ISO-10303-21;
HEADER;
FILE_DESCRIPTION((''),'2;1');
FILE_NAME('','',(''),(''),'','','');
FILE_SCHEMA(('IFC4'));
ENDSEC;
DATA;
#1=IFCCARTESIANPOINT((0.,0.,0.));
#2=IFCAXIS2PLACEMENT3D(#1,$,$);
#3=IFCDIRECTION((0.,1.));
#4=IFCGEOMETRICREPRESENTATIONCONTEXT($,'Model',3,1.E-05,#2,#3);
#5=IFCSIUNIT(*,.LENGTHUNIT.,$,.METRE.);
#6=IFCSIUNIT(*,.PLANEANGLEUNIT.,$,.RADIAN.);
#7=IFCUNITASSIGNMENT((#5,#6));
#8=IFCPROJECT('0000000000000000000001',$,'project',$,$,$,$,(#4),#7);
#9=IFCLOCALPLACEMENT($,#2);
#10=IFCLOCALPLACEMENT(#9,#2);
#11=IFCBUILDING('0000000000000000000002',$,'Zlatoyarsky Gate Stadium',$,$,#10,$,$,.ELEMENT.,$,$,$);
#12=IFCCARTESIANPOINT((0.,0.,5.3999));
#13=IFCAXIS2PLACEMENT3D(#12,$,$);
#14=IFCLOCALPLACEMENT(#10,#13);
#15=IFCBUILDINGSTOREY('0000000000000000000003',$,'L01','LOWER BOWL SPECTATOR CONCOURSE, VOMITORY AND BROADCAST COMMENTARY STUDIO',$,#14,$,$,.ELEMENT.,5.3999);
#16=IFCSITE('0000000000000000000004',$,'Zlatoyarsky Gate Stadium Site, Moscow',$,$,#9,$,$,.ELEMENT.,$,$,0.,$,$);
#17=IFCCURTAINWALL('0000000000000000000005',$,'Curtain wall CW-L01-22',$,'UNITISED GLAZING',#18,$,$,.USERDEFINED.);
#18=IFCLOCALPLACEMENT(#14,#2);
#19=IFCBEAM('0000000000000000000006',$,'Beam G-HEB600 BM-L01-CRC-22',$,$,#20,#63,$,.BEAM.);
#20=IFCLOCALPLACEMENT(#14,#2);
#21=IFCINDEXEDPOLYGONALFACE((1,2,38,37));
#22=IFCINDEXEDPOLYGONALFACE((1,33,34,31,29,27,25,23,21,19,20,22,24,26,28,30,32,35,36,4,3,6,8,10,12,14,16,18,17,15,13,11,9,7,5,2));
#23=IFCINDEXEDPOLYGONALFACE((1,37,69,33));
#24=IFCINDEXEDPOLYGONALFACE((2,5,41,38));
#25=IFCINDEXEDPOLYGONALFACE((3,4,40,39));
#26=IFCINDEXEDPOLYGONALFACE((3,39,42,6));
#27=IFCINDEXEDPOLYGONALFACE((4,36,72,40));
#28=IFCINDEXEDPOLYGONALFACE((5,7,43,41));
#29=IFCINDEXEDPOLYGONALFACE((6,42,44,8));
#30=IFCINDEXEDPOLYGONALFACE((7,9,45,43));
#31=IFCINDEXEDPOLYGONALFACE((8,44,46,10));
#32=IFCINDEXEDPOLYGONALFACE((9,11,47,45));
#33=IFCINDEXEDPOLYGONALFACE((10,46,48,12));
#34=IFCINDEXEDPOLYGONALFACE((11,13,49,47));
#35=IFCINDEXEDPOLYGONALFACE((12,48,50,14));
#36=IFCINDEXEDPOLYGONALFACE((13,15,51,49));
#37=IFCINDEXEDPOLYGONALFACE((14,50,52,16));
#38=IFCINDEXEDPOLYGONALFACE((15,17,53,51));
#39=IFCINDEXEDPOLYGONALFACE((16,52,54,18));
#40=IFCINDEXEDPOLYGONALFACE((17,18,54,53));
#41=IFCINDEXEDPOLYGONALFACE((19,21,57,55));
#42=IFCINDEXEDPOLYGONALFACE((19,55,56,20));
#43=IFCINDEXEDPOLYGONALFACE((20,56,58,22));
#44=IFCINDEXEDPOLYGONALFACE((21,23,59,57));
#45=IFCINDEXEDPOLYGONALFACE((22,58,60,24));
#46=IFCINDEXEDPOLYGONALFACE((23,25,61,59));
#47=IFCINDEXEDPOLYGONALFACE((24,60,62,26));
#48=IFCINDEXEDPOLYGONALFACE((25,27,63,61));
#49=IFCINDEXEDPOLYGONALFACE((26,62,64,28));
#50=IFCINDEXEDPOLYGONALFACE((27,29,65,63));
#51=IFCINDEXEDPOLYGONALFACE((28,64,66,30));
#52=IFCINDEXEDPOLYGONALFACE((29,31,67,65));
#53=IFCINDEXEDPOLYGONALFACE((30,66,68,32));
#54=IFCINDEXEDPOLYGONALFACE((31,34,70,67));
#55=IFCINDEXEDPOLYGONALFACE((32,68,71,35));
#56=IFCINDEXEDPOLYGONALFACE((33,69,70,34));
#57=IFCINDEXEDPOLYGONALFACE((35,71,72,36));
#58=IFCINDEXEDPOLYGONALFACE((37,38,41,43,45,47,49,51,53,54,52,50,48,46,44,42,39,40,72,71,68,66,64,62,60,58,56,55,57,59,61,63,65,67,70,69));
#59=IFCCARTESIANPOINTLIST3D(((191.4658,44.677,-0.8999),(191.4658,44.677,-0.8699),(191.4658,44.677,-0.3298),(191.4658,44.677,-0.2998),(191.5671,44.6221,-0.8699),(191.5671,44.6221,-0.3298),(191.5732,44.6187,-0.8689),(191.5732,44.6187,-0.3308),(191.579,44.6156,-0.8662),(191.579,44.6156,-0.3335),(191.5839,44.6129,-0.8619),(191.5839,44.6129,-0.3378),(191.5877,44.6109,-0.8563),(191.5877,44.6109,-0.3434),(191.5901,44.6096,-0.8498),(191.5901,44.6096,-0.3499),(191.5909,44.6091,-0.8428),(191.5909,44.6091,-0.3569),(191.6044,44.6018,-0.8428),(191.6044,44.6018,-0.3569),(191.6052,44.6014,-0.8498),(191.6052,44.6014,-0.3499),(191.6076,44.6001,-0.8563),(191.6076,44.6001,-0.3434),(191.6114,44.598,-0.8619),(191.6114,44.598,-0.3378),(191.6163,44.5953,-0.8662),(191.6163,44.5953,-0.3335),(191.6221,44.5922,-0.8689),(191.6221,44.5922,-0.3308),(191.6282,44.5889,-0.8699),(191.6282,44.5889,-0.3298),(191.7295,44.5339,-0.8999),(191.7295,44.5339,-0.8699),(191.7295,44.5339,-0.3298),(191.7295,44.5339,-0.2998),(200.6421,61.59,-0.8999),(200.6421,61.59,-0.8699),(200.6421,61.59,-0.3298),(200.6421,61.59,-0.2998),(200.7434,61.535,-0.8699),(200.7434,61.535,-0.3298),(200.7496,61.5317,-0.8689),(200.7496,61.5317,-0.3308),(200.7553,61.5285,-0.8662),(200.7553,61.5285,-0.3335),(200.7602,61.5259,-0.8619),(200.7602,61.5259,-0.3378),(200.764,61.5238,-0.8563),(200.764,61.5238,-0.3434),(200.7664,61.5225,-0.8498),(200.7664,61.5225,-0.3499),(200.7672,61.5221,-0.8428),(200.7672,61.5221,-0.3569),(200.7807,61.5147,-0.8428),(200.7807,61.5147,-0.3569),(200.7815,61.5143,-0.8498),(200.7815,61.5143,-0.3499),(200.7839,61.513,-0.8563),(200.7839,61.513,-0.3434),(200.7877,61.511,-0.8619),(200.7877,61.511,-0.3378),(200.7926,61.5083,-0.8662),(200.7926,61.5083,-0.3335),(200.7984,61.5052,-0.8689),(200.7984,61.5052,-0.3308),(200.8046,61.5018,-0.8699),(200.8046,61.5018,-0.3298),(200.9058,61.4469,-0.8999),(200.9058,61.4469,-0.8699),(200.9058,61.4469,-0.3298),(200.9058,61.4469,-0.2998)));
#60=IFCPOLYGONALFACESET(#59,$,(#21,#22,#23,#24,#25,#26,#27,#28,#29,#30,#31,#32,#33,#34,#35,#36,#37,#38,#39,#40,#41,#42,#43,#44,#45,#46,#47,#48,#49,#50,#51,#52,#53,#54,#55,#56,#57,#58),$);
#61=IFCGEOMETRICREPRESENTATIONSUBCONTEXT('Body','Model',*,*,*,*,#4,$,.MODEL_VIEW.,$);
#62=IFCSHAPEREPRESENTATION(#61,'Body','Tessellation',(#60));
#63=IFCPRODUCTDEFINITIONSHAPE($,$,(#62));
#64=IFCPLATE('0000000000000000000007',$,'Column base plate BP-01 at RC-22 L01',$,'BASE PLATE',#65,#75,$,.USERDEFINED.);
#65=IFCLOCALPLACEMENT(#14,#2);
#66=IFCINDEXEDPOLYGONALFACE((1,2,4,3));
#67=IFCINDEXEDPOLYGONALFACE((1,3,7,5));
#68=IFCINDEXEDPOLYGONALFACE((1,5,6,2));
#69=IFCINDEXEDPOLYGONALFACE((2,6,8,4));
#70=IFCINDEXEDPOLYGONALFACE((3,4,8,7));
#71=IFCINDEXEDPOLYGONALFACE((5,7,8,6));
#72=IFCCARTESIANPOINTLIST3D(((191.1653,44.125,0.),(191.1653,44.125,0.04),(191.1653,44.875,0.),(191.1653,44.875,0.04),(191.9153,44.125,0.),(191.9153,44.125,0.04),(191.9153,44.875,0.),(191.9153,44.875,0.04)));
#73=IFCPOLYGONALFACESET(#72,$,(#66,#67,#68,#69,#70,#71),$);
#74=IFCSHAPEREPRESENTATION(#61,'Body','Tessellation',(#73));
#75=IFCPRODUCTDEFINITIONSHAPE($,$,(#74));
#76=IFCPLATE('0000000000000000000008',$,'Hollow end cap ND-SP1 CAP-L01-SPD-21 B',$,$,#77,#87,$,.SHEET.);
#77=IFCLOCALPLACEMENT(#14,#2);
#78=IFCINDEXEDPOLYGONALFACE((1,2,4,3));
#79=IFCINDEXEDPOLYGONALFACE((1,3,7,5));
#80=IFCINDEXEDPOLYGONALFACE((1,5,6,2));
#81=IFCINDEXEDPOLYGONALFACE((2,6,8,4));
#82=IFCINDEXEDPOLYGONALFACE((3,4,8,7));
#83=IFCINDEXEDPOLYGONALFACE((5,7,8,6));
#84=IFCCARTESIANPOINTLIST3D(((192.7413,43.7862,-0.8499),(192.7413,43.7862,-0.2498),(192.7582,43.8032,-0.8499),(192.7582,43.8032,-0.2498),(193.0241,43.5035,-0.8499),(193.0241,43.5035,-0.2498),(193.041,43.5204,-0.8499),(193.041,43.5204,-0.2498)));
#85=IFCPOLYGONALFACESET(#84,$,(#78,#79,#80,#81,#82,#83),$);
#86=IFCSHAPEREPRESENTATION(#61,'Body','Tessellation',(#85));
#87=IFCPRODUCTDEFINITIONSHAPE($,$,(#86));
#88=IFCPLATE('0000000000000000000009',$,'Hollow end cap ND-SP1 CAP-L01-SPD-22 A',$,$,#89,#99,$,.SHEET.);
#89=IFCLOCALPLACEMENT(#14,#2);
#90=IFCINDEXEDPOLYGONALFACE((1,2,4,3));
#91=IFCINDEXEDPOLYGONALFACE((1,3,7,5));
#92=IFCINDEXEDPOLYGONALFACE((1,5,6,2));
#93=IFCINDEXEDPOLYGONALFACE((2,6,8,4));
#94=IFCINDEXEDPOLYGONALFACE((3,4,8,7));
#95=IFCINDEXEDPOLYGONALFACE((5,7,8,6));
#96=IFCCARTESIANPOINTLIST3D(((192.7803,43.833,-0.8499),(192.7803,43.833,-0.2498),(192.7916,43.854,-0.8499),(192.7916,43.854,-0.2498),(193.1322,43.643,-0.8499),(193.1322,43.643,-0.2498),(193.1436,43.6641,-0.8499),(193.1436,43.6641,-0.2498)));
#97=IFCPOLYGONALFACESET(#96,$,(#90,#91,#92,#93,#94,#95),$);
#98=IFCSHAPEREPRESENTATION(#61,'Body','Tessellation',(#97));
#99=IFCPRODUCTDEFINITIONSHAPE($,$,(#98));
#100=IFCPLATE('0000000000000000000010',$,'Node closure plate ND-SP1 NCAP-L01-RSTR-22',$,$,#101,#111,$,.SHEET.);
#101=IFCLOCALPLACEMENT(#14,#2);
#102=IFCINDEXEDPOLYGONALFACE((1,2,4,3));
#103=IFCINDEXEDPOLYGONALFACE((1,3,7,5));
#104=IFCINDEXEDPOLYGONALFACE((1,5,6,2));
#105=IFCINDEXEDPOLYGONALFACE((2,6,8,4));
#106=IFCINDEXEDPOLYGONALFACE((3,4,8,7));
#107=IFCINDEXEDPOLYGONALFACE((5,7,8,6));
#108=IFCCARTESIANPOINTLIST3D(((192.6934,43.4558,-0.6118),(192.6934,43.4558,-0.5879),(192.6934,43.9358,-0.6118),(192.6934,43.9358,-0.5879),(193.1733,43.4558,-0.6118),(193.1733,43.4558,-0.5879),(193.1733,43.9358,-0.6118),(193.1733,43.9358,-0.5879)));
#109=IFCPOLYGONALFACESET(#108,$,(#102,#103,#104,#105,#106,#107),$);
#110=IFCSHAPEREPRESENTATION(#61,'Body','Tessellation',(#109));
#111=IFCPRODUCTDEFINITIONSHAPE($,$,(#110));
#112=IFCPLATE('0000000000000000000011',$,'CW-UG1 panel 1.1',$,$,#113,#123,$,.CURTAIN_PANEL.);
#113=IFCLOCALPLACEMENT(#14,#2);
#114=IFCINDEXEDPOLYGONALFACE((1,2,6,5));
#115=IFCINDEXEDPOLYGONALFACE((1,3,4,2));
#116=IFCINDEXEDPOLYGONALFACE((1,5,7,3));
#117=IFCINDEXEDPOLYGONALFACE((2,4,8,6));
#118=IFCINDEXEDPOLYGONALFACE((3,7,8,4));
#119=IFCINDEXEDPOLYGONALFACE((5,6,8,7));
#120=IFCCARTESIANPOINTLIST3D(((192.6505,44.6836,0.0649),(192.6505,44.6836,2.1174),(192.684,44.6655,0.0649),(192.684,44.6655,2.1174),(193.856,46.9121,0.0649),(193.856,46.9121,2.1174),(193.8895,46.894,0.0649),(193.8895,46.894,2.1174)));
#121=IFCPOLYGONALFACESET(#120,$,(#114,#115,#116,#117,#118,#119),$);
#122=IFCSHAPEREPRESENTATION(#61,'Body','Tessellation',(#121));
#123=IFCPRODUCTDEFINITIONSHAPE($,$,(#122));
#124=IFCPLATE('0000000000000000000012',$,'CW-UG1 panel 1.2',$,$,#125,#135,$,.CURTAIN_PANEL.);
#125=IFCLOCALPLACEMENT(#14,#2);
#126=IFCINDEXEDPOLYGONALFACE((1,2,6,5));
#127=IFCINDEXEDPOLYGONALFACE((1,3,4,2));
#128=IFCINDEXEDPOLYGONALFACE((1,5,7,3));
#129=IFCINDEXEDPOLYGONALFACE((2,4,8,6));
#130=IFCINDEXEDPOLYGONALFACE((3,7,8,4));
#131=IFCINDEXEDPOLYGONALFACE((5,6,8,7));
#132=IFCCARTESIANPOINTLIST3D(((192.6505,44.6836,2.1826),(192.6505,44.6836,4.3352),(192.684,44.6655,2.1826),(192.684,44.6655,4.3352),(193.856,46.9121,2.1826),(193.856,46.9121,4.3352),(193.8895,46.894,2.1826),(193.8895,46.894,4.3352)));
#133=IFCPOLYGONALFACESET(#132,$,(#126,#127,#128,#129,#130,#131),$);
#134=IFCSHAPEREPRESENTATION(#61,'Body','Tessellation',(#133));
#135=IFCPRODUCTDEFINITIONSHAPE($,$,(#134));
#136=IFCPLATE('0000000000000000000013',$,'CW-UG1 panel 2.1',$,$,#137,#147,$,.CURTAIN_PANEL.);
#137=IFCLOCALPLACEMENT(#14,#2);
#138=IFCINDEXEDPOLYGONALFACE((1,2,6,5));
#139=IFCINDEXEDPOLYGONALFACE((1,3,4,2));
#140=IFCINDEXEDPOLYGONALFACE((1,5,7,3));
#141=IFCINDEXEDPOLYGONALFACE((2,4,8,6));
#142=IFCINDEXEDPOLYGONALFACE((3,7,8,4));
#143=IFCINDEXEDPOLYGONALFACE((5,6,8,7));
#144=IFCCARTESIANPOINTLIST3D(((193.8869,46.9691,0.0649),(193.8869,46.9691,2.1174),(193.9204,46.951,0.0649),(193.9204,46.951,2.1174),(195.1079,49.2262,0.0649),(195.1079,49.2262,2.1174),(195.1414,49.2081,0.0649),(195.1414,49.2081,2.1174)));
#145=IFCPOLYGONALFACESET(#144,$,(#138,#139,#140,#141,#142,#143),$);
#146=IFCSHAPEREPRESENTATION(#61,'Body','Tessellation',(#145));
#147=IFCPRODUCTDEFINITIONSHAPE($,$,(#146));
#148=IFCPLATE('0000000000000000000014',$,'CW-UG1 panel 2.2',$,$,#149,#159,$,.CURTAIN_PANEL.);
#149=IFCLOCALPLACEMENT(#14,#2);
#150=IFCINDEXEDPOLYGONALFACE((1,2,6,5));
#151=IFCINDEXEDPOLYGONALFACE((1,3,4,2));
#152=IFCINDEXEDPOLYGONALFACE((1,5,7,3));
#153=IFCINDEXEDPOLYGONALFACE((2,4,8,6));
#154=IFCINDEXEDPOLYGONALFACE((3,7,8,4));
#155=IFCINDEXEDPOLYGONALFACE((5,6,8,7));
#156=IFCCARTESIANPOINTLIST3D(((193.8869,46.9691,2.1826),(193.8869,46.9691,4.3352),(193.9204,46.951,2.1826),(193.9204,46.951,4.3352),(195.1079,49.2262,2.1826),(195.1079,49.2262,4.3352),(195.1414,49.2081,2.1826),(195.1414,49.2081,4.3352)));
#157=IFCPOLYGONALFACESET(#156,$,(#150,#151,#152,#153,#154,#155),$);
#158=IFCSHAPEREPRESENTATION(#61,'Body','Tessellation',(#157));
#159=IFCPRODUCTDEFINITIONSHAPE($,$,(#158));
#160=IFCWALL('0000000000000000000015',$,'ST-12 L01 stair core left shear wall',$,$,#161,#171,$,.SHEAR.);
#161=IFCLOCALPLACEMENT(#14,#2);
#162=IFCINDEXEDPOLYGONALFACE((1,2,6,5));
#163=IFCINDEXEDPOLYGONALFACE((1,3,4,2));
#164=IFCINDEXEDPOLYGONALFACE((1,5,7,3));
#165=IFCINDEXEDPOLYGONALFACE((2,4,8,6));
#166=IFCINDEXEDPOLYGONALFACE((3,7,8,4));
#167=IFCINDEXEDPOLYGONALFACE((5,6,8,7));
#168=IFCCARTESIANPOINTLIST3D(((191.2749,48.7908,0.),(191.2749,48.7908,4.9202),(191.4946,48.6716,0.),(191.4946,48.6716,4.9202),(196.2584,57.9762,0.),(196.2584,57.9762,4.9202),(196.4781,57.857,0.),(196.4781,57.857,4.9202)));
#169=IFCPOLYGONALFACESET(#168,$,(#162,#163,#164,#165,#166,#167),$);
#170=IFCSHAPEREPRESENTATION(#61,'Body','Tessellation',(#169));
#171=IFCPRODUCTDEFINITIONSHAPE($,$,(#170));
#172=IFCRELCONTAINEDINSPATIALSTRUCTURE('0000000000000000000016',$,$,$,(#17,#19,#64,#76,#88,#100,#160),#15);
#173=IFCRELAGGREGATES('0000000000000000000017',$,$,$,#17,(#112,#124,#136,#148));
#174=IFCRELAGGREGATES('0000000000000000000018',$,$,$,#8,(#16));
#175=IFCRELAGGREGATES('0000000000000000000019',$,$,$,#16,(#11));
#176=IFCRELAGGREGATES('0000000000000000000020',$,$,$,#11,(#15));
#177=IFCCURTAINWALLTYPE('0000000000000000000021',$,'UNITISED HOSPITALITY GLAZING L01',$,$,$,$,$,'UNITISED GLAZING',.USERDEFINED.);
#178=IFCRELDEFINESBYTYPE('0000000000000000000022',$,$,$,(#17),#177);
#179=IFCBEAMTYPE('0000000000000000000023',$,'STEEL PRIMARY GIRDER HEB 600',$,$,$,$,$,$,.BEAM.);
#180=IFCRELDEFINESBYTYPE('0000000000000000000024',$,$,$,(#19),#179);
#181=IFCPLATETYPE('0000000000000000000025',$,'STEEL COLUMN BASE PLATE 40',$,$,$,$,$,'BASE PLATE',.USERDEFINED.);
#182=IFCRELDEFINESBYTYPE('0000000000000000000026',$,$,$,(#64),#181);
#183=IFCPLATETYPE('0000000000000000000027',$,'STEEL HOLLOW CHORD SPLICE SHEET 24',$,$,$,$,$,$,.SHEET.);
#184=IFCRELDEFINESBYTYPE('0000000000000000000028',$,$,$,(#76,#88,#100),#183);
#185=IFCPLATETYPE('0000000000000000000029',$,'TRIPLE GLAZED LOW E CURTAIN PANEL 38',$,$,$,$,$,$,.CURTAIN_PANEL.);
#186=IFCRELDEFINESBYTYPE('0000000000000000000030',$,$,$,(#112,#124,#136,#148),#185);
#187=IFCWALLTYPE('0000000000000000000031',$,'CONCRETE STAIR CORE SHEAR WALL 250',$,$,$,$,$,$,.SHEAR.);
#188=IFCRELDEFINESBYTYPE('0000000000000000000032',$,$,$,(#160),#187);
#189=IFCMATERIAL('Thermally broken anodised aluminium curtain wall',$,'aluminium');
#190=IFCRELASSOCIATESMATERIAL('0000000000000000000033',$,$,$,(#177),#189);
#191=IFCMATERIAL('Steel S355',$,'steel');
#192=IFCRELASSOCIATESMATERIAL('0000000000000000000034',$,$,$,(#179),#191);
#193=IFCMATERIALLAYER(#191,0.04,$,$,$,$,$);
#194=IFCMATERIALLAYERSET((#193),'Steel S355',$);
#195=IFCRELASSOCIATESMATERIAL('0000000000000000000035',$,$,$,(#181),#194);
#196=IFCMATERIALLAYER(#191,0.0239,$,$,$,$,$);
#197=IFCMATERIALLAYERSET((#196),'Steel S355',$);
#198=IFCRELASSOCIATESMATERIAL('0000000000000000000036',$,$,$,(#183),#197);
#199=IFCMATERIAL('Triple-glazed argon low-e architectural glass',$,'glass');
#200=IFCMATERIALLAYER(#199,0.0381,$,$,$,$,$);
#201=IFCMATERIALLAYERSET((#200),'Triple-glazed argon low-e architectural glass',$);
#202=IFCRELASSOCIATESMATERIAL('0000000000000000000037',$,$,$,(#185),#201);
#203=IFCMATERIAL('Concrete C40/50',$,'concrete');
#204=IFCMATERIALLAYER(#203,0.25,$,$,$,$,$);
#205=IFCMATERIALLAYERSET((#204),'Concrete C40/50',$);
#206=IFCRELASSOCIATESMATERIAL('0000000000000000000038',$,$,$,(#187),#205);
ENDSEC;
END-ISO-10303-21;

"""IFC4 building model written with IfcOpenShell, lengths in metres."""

from ifc_helpers import new_model, si_unit, direction, frame, frame_2d, origin, origin_2d, place, context, subcontext, project, spatial, rectangle, i_section, extrude, material, layer, layer_set, material_profile, profile_set, type_object, element, aggregate, save


model = new_model("IFC4")

# Units and contexts
model_context = context("Model", 3, precision=1e-05, world=origin(), true_north=direction((0.0, 1.0)))
body_context = subcontext(model_context, "Body", "Model", "MODEL_VIEW")
ifc_project = project(units=[si_unit("LENGTHUNIT", "METRE"), si_unit("PLANEANGLEUNIT", "RADIAN")], contexts=[model_context])

# Site, building, storey
site_placement = place(None, origin())
site = spatial("IfcSite", under=ifc_project, at=site_placement, Name="Zlatoyarsky Gate Stadium Site, Moscow", CompositionType="ELEMENT", RefElevation=0.0)
building_placement = place(site_placement, origin())
building = spatial("IfcBuilding", under=site, at=building_placement, Name="Zlatoyarsky Gate Stadium", CompositionType="ELEMENT")
storey_placement = place(building_placement, frame((0.0, 0.0, 5.3999)))
storey = spatial("IfcBuildingStorey", under=building, at=storey_placement, Name="L01", Description="LOWER BOWL SPECTATOR CONCOURSE, VOMITORY AND BROADCAST COMMENTARY STUDIO", CompositionType="ELEMENT", Elevation=5.3999)

# Shared definitions
ifc_material_1 = material(Name="Steel S355", Category="steel")

# Shared definitions
ifc_material_2 = material(Name="Thermally broken anodised aluminium curtain wall", Category="aluminium")
curtain_wall_type = type_object("IfcCurtainWallType", Name="UNITISED HOSPITALITY GLAZING L01", ElementType="UNITISED GLAZING", PredefinedType="USERDEFINED", material=ifc_material_2)

# Curtain wall
curtain_wall_1_placement = place(storey_placement, origin())
curtain_wall_1 = element("IfcCurtainWall", 1, at=curtain_wall_1_placement, inside=storey, type_object=curtain_wall_type, Name="Curtain wall CW-L01-22", ObjectType="UNITISED GLAZING", PredefinedType="USERDEFINED")

# Beam
ifc_material_profile_1 = material_profile(ifc_material_1, i_section(OverallWidth=0.3, OverallDepth=0.6001, WebThickness=0.0154, FlangeThickness=0.03, FilletRadius=0.0271, at=origin_2d()), Name="HEB 600")
ifc_profile_set_1 = profile_set([ifc_material_profile_1], Name="Steel S355")
beam_type_1 = type_object("IfcBeamType", Name="STEEL PRIMARY GIRDER HEB 600", PredefinedType="BEAM", material=ifc_profile_set_1)
beam_1_placement = place(storey_placement, frame((191.5977, 44.6055, -0.5999), z_axis=(0.476892, 0.878962, 0.0), x_axis=(-0.878962, 0.476892, 0.0)))
element("IfcBeam", 2, at=beam_1_placement, inside=storey, type_object=beam_type_1, Name="Beam G-HEB600 BM-L01-CRC-22", PredefinedType="BEAM", context=body_context, shape_type="SweptSolid", body=[
    extrude(i_section(OverallWidth=0.3, OverallDepth=0.6001, WebThickness=0.0154, FlangeThickness=0.03, FilletRadius=0.0271, at=origin_2d()), origin(), (0.0, 0.0, 1.0), 19.2419),
])

# Plates
ifc_layer_1 = layer(ifc_material_1, 0.04)
ifc_layer_set_1 = layer_set([ifc_layer_1], Name="Steel S355")
plate_type_1 = type_object("IfcPlateType", Name="STEEL COLUMN BASE PLATE 40", ElementType="BASE PLATE", PredefinedType="USERDEFINED", material=ifc_layer_set_1)
plate_1_placement = place(storey_placement, frame((191.5403, 44.5, 0.0), z_axis=(0.0, 0.0, 1.0), x_axis=(1.0, 0.0, 0.0)))
element("IfcPlate", 3, at=plate_1_placement, inside=storey, type_object=plate_type_1, Name="Column base plate BP-01 at RC-22 L01", ObjectType="BASE PLATE", PredefinedType="USERDEFINED", context=body_context, shape_type="SweptSolid", body=[
    extrude(rectangle(XDim=0.75, YDim=0.75, at=origin_2d()), origin(), (0.0, 0.0, 1.0), 0.04),
])
ifc_layer_2 = layer(ifc_material_1, 0.0239)
ifc_layer_set_2 = layer_set([ifc_layer_2], Name="Steel S355")
plate_type_2 = type_object("IfcPlateType", Name="STEEL HOLLOW CHORD SPLICE SHEET 24", PredefinedType="SHEET", material=ifc_layer_set_2)
for number, where, z_axis, x_axis, name in (
    (4, (192.8911, 43.6533, -0.8499), (0.0, 0.0, 1.0), (0.707046, 0.707168, 0.0), "Hollow end cap ND-SP1 CAP-L01-SPD-21 B"),
    (5, (192.9619, 43.7485, -0.8499), (0.0, 0.0, 1.0), (0.474955, 0.88001, 0.0), "Hollow end cap ND-SP1 CAP-L01-SPD-22 A"),
):
    element("IfcPlate", number, at=place(storey_placement, frame(where, z_axis=z_axis, x_axis=x_axis)), inside=storey, type_object=plate_type_2, Name=name, PredefinedType="SHEET", context=body_context, shape_type="SweptSolid", body=[
        extrude(rectangle(XDim=0.0239, YDim=0.3999, at=origin_2d()), origin(), (0.0, 0.0, 1.0), 0.6001),
    ])
plate_2_placement = place(storey_placement, frame((192.9333, 43.6958, -0.6118), z_axis=(0.0, 0.0, 1.0), x_axis=(1.0, 0.0, 0.0)))
element("IfcPlate", 6, at=plate_2_placement, inside=storey, type_object=plate_type_2, Name="Node closure plate ND-SP1 NCAP-L01-RSTR-22", PredefinedType="SHEET", context=body_context, shape_type="SweptSolid", body=[
    extrude(rectangle(XDim=0.48, YDim=0.48, at=origin_2d()), origin(), (0.0, 0.0, 1.0), 0.0239),
])

# Plates
ifc_material_3 = material(Name="Triple-glazed argon low-e architectural glass", Category="glass")
ifc_layer_3 = layer(ifc_material_3, 0.0381)
ifc_layer_set_3 = layer_set([ifc_layer_3], Name="Triple-glazed argon low-e architectural glass")
plate_type_3 = type_object("IfcPlateType", Name="TRIPLE GLAZED LOW E CURTAIN PANEL 38", PredefinedType="CURTAIN_PANEL", material=ifc_layer_set_3)
plate_3_placement = place(storey_placement, frame((193.27, 45.7888, 0.0649), z_axis=(0.0, 0.0, 1.0), x_axis=(0.475784, 0.879562, 0.0)))
plate_3 = element("IfcPlate", 7, at=plate_3_placement, type_object=plate_type_3, Name="CW-UG1 panel 1.1", PredefinedType="CURTAIN_PANEL", context=body_context, shape_type="SweptSolid", body=[
    extrude(rectangle(XDim=2.5337, YDim=0.0381, at=origin_2d()), origin(), (0.0, 0.0, 1.0), 2.0525),
])
plate_4_placement = place(storey_placement, frame((193.27, 45.7888, 2.1826), z_axis=(0.0, 0.0, 1.0), x_axis=(0.475784, 0.879562, 0.0)))
plate_4 = element("IfcPlate", 8, at=plate_4_placement, type_object=plate_type_3, Name="CW-UG1 panel 1.2", PredefinedType="CURTAIN_PANEL", context=body_context, shape_type="SweptSolid", body=[
    extrude(rectangle(XDim=2.5337, YDim=0.0381, at=origin_2d()), origin(), (0.0, 0.0, 1.0), 2.1526),
])
plate_5_placement = place(storey_placement, frame((194.5142, 48.0886, 0.0649), z_axis=(0.0, 0.0, 1.0), x_axis=(0.475784, 0.879562, 0.0)))
plate_5 = element("IfcPlate", 9, at=plate_5_placement, type_object=plate_type_3, Name="CW-UG1 panel 2.1", PredefinedType="CURTAIN_PANEL", context=body_context, shape_type="SweptSolid", body=[
    extrude(rectangle(XDim=2.5662, YDim=0.0381, at=origin_2d()), origin(), (0.0, 0.0, 1.0), 2.0525),
])
plate_6_placement = place(storey_placement, frame((194.5142, 48.0886, 2.1826), z_axis=(0.0, 0.0, 1.0), x_axis=(0.475784, 0.879562, 0.0)))
plate_6 = element("IfcPlate", 10, at=plate_6_placement, type_object=plate_type_3, Name="CW-UG1 panel 2.2", PredefinedType="CURTAIN_PANEL", context=body_context, shape_type="SweptSolid", body=[
    extrude(rectangle(XDim=2.5662, YDim=0.0381, at=origin_2d()), origin(), (0.0, 0.0, 1.0), 2.1526),
])
aggregate(curtain_wall_1, [plate_3, plate_4, plate_5, plate_6])

# Wall
ifc_material_4 = material(Name="Concrete C40/50", Category="concrete")
ifc_layer_4 = layer(ifc_material_4, 0.25)
ifc_layer_set_4 = layer_set([ifc_layer_4], Name="Concrete C40/50")
wall_type = type_object("IfcWallType", Name="CONCRETE STAIR CORE SHEAR WALL 250", PredefinedType="SHEAR", material=ifc_layer_set_4)
wall_placement = place(storey_placement, frame((191.3848, 48.7312, 0.0), z_axis=(0.0, 0.0, 1.0), x_axis=(0.476877, 0.87897, 0.0)))
element("IfcWall", 11, at=wall_placement, inside=storey, type_object=wall_type, Name="ST-12 L01 stair core left shear wall", PredefinedType="SHEAR", context=body_context, shape_type="SweptSolid", body=[
    extrude(rectangle(XDim=10.4502, YDim=0.25, at=frame_2d((5.2251, 0.0))), origin(), (0.0, 0.0, 1.0), 4.9202),
])

save(model, "model.ifc")
